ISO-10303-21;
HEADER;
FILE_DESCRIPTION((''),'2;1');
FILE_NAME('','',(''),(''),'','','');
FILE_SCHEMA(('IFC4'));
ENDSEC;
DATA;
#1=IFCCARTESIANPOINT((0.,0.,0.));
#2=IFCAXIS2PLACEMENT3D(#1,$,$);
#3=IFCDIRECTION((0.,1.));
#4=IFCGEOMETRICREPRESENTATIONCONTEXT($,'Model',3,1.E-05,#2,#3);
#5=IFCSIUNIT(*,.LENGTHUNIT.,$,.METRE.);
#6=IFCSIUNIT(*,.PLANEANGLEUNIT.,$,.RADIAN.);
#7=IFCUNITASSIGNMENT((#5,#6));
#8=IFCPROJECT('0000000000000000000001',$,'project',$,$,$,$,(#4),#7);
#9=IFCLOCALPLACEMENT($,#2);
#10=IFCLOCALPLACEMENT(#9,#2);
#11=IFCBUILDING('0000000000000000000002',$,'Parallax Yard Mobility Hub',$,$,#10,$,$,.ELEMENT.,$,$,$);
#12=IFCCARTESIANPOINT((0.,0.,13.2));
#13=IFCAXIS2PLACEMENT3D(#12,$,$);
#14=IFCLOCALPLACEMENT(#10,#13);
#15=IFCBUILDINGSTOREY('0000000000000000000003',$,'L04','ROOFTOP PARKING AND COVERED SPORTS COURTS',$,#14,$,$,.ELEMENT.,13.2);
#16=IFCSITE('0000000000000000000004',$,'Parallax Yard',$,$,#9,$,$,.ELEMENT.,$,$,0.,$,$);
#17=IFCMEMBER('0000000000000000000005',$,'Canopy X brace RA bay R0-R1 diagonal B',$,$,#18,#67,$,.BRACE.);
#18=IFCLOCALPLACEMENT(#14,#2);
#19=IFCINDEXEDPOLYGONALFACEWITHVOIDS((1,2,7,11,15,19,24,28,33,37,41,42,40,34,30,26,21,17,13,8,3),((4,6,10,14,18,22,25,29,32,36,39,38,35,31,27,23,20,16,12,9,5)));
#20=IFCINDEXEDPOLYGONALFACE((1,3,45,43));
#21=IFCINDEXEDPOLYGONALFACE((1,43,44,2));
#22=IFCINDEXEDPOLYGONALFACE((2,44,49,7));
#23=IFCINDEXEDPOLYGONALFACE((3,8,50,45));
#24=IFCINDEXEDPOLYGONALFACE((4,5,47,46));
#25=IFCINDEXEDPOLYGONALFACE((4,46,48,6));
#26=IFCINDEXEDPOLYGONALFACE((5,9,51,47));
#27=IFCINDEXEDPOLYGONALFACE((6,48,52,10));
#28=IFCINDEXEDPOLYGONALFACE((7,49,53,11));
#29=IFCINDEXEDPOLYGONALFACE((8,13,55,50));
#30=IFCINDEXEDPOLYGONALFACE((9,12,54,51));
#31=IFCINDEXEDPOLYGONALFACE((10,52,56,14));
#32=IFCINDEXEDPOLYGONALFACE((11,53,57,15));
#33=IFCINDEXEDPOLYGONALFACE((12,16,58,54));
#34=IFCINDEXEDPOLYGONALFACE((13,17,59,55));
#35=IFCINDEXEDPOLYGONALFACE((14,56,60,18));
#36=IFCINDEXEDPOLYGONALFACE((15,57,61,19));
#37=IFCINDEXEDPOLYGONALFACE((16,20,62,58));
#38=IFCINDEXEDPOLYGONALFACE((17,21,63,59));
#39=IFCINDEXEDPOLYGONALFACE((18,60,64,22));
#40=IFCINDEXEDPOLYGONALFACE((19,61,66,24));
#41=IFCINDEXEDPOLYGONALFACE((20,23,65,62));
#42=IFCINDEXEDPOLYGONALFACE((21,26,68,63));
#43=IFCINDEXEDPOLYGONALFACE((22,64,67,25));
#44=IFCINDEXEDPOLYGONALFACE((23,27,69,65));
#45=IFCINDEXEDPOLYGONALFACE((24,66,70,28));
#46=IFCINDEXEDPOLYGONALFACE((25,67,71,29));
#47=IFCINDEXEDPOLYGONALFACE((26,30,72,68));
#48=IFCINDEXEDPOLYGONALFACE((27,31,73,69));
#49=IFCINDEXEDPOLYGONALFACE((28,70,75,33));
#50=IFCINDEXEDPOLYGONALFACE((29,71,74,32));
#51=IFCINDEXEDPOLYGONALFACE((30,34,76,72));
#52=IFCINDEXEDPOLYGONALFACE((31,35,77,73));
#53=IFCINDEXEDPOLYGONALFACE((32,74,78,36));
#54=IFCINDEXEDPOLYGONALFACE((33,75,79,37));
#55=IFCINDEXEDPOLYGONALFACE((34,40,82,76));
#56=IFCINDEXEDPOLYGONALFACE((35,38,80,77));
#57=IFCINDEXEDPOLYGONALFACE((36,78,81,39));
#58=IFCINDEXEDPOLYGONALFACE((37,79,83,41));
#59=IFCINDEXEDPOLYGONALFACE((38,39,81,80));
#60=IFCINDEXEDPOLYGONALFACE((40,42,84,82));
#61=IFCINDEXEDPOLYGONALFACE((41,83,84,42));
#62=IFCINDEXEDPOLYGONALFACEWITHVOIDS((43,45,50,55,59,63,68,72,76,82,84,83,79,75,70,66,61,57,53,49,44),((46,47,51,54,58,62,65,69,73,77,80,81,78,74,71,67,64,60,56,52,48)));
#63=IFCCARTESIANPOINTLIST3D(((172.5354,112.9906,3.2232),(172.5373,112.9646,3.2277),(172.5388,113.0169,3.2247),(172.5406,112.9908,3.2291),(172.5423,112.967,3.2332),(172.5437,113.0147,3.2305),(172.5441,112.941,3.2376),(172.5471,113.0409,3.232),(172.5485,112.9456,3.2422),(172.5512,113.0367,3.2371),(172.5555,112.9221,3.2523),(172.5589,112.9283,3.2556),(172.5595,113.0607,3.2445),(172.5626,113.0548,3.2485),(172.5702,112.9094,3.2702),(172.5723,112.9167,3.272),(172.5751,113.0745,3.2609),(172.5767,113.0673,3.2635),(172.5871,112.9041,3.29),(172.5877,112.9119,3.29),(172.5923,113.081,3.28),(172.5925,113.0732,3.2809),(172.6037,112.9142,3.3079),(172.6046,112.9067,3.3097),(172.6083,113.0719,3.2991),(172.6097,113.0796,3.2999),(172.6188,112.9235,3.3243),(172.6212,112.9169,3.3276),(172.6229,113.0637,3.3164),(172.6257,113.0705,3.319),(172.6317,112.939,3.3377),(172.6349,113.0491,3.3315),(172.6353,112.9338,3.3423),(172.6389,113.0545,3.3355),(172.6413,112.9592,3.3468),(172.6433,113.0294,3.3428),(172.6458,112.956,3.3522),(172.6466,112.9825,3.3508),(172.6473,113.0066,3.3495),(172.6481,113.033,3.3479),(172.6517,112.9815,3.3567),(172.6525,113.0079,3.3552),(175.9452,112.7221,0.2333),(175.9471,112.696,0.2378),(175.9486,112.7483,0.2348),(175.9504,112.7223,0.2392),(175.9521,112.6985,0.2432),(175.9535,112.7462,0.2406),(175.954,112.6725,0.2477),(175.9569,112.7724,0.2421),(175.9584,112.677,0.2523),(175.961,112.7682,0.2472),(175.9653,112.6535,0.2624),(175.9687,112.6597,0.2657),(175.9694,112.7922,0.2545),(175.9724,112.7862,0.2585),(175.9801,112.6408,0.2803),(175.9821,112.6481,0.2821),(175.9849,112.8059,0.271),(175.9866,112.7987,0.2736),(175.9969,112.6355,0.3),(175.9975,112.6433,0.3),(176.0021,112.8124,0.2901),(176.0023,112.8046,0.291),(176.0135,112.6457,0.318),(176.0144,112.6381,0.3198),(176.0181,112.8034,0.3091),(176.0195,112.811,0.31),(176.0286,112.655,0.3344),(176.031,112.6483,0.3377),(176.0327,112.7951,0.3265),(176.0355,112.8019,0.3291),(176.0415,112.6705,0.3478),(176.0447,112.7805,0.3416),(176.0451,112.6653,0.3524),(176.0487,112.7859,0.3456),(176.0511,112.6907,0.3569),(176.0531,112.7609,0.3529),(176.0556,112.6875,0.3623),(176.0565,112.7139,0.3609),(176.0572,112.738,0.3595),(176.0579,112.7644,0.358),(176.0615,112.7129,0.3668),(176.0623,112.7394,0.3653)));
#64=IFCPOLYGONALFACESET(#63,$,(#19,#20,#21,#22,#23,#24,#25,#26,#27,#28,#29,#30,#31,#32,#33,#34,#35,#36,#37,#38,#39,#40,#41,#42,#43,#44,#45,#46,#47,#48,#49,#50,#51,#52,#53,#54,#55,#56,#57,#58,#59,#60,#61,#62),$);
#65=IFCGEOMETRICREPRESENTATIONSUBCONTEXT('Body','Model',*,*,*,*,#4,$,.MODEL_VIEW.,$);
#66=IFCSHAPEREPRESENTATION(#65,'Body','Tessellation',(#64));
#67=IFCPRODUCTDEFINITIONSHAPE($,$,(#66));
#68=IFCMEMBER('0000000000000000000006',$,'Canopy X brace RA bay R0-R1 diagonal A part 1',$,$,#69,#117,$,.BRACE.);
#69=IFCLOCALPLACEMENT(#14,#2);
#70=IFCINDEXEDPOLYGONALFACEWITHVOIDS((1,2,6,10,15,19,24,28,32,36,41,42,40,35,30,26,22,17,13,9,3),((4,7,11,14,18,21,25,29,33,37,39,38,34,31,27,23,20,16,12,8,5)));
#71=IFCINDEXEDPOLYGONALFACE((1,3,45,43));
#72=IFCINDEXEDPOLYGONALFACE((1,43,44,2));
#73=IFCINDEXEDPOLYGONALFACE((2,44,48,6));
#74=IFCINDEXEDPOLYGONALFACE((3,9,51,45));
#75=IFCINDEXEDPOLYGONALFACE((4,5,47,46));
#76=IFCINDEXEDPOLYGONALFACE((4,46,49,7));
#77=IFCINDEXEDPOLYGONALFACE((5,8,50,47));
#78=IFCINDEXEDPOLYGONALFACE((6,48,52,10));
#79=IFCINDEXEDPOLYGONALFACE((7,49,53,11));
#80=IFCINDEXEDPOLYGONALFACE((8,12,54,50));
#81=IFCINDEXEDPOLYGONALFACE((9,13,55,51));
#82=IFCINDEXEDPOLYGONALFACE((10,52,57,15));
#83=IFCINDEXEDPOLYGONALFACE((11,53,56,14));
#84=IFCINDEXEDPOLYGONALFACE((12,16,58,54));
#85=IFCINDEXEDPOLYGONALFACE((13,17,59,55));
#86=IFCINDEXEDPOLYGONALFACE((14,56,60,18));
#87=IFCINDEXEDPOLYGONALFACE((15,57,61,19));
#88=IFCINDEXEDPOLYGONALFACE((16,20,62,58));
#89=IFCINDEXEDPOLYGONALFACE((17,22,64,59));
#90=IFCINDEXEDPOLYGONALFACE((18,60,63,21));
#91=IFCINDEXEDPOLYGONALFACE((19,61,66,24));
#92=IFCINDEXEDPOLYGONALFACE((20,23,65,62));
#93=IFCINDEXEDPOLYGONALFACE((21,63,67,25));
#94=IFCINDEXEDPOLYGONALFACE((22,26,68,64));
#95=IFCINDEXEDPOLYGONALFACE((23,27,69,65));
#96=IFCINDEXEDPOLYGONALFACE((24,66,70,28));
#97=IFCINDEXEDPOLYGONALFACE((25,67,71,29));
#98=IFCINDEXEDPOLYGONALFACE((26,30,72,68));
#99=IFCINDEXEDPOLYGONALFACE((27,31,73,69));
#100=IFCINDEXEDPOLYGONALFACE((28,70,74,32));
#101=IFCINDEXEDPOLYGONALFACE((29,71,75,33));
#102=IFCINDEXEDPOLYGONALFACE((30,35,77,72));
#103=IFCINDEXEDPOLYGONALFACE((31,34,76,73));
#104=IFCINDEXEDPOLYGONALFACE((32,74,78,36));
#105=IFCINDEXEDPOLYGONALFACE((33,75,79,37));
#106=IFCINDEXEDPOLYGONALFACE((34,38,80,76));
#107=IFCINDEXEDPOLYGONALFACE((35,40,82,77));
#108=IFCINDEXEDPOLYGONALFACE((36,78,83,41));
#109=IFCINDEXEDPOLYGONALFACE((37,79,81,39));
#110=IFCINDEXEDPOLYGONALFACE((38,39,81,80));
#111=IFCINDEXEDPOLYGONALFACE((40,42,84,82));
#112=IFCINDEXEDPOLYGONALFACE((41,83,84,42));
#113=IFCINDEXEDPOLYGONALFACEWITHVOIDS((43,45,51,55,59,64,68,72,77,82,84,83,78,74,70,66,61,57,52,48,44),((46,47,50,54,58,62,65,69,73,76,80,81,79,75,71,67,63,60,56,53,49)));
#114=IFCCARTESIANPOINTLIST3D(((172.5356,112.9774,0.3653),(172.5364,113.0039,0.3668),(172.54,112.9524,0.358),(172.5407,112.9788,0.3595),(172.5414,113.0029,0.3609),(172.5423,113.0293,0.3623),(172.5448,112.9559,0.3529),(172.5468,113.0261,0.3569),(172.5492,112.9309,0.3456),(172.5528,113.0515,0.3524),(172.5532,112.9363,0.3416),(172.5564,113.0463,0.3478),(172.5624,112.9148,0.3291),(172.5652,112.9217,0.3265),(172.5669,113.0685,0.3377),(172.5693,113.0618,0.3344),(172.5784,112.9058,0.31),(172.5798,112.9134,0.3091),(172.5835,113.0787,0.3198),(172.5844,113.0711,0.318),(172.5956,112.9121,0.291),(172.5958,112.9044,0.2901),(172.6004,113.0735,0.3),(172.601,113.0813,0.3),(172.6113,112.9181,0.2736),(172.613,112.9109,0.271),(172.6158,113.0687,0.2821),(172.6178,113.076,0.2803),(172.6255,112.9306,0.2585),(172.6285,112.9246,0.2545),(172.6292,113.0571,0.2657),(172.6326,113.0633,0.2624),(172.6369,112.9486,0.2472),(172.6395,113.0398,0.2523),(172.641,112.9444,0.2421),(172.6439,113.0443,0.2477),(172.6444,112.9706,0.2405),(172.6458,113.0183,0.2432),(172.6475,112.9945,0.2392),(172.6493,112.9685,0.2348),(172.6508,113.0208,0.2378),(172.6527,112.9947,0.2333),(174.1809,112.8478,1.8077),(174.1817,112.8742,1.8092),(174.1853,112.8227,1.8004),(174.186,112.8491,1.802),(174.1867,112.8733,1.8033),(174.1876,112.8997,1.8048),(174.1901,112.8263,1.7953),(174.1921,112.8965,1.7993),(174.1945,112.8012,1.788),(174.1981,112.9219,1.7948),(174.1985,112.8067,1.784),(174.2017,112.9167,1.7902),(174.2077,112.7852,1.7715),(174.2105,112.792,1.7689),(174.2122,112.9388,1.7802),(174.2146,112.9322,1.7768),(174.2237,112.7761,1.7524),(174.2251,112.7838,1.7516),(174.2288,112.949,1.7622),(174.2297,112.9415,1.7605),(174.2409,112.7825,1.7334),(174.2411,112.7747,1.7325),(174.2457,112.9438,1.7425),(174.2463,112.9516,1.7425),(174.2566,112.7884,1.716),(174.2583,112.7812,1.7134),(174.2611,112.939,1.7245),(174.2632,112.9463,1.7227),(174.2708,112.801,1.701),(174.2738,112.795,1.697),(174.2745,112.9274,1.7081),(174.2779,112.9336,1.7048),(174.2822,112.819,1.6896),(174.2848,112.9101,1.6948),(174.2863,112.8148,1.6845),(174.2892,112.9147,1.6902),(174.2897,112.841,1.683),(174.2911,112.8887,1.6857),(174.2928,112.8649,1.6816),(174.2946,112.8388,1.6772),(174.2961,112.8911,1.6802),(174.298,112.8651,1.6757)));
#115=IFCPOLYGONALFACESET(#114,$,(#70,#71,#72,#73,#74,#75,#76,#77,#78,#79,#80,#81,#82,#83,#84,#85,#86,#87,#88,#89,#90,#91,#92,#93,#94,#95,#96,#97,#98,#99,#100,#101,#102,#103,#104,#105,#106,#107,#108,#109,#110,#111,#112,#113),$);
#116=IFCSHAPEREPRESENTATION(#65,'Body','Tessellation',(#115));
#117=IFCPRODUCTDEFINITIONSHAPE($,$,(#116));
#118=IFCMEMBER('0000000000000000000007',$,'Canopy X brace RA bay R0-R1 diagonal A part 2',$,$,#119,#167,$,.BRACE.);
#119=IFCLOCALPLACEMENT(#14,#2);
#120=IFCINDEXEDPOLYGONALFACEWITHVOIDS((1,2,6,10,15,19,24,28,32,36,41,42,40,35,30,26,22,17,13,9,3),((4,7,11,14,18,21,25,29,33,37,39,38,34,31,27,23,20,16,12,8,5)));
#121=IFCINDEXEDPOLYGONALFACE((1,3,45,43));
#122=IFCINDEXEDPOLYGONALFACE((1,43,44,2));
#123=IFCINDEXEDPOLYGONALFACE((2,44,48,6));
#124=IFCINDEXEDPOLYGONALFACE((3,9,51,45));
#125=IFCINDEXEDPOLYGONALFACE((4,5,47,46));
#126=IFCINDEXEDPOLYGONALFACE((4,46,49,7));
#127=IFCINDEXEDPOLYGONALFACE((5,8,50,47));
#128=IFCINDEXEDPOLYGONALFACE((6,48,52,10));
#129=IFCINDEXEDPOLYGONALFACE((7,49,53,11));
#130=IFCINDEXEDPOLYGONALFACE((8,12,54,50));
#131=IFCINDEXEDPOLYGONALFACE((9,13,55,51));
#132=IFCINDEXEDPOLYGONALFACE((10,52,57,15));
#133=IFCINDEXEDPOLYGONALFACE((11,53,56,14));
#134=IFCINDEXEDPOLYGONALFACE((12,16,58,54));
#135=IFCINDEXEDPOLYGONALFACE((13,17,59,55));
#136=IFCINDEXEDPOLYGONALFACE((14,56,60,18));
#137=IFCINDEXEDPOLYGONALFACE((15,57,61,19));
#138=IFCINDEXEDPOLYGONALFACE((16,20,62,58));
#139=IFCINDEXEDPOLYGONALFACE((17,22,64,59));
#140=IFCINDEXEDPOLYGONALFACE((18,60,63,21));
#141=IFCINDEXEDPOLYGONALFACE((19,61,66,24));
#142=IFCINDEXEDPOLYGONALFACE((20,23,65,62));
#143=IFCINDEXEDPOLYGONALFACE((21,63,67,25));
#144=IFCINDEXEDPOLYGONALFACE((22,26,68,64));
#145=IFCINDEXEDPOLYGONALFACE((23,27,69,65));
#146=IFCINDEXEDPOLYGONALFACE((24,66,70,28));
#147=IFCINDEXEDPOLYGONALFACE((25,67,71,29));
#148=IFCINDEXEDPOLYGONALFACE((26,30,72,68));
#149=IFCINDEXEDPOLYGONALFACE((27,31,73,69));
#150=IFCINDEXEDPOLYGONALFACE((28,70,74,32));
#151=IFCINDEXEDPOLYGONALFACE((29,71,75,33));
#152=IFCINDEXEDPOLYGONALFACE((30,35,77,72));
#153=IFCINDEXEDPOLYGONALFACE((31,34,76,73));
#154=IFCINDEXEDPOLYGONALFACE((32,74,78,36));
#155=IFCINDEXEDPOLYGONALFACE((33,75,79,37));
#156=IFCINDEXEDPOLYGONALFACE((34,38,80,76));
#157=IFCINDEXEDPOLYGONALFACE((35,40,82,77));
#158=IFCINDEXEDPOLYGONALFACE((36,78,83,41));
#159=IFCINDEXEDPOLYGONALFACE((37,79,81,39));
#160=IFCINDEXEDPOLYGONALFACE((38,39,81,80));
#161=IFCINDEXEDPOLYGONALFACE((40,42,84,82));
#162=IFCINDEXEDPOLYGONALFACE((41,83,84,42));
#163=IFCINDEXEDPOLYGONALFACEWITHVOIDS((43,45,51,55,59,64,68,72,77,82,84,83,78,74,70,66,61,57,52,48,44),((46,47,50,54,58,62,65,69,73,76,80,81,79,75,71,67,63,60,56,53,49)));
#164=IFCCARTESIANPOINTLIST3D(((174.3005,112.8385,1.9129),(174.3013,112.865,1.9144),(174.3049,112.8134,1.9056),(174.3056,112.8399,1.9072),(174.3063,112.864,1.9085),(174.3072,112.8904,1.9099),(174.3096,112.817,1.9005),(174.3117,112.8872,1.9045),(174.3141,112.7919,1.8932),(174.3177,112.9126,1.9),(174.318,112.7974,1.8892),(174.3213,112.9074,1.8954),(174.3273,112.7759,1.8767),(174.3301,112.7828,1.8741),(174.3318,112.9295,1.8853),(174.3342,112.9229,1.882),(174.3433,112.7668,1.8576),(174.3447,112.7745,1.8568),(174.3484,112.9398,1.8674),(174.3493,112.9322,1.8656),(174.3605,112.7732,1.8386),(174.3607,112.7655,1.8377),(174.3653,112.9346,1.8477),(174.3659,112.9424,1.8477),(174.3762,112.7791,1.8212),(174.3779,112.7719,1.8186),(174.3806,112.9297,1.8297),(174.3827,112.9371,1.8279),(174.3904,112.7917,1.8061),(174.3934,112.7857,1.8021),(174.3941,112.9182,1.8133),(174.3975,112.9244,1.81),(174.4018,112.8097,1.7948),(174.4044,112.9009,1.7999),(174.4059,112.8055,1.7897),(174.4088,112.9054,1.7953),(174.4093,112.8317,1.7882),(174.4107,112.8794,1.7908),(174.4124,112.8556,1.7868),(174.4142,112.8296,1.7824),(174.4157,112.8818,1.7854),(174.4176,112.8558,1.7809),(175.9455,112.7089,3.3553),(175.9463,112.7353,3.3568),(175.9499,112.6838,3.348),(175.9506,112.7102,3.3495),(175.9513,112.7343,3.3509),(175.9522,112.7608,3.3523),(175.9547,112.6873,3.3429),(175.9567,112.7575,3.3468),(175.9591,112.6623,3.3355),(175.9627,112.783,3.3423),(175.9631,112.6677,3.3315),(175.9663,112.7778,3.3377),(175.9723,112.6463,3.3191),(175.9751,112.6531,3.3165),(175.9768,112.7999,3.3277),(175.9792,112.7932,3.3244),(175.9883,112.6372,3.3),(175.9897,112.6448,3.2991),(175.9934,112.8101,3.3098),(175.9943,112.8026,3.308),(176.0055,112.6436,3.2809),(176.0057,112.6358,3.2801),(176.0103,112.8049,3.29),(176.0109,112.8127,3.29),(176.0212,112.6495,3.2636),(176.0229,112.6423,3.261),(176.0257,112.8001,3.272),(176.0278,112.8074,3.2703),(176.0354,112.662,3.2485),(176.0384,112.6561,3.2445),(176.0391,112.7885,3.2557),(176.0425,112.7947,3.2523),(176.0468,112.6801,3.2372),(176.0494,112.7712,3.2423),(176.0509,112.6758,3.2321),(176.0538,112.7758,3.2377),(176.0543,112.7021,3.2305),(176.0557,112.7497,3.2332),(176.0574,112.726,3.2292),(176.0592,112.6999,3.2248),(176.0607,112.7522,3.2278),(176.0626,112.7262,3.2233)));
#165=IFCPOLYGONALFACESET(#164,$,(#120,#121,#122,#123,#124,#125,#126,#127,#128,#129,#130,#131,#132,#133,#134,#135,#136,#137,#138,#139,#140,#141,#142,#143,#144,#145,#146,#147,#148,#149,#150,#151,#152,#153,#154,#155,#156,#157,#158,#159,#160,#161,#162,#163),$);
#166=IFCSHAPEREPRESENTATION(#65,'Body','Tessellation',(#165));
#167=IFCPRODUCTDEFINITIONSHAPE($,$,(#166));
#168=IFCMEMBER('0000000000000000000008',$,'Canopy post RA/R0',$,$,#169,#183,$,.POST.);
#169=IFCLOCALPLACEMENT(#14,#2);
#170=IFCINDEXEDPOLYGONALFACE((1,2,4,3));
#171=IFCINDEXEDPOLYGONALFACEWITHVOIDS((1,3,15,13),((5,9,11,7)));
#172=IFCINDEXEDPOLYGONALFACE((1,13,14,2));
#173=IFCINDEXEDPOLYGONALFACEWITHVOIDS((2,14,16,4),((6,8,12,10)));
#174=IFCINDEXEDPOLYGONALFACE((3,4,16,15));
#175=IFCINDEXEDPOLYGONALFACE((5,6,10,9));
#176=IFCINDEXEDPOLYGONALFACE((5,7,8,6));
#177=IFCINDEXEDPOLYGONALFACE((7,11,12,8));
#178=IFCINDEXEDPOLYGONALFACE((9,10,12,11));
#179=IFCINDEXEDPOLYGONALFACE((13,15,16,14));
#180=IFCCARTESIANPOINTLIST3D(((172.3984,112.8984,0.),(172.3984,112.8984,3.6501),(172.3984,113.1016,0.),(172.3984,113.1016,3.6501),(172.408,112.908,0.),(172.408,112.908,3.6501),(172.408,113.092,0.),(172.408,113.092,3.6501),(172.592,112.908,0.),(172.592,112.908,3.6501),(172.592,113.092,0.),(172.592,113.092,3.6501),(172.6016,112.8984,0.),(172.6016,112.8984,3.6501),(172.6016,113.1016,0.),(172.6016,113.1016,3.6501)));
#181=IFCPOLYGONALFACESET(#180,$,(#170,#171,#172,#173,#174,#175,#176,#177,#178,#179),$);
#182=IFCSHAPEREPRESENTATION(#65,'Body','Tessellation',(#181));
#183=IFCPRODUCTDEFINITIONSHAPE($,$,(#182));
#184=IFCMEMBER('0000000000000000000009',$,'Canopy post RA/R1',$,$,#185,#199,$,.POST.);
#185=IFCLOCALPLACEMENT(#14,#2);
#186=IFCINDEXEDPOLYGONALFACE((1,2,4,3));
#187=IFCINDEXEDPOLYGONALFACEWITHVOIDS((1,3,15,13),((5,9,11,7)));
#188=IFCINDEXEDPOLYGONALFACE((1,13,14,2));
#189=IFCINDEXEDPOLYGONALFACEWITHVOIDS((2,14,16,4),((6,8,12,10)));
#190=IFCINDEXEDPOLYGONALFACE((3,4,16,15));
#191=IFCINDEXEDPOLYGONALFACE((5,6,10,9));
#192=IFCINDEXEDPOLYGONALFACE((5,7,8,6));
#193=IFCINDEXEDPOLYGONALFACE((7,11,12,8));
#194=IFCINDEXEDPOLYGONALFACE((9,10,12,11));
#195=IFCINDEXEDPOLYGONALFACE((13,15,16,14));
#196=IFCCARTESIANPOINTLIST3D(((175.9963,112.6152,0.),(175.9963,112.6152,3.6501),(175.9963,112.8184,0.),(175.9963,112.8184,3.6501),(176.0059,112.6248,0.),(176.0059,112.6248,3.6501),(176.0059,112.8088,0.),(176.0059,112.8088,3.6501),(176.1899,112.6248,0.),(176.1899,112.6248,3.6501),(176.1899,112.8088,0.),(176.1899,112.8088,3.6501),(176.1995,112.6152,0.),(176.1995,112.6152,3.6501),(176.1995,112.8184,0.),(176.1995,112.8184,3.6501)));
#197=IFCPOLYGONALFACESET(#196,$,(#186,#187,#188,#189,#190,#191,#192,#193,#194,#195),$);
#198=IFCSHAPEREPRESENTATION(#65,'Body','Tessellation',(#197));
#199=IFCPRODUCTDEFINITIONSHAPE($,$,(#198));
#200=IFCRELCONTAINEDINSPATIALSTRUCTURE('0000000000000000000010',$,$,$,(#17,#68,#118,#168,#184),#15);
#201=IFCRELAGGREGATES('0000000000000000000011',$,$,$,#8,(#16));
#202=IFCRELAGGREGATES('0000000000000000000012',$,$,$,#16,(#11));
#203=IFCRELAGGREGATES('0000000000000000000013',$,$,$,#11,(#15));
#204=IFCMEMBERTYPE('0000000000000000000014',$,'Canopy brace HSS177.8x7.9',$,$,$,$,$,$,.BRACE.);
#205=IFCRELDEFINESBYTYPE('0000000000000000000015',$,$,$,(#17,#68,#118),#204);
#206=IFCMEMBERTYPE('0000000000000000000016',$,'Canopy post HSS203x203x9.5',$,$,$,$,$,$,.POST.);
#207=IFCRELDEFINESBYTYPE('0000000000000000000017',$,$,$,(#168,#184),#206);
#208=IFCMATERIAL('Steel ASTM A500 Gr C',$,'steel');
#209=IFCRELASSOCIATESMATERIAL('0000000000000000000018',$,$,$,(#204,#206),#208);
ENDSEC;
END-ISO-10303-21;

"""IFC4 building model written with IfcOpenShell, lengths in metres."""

from ifc_helpers import new_model, si_unit, direction, frame, origin, origin_2d, place, context, subcontext, project, spatial, hollow_rectangle, hollow_circle, extrude, material, material_profile, profile_set, type_object, element, save


model = new_model("IFC4")

# Units and contexts
model_context = context("Model", 3, precision=1e-05, world=origin(), true_north=direction((0.0, 1.0)))
body_context = subcontext(model_context, "Body", "Model", "MODEL_VIEW")
ifc_project = project(units=[si_unit("LENGTHUNIT", "METRE"), si_unit("PLANEANGLEUNIT", "RADIAN")], contexts=[model_context])

# Site, building, storey
site_placement = place(None, origin())
site = spatial("IfcSite", under=ifc_project, at=site_placement, Name="Parallax Yard", CompositionType="ELEMENT", RefElevation=0.0)
building_placement = place(site_placement, origin())
building = spatial("IfcBuilding", under=site, at=building_placement, Name="Parallax Yard Mobility Hub", CompositionType="ELEMENT")
storey_placement = place(building_placement, frame((0.0, 0.0, 13.2)))
storey = spatial("IfcBuildingStorey", under=building, at=storey_placement, Name="L04", Description="ROOFTOP PARKING AND COVERED SPORTS COURTS", CompositionType="ELEMENT", Elevation=13.2)

# Members
ifc_material_1 = material(Name="Steel ASTM A500 Gr C", Category="steel")
ifc_material_profile_1 = material_profile(ifc_material_1, hollow_circle(Radius=0.0889, WallThickness=0.0078, at=origin_2d()), Name="HSS177.8x7.9")
ifc_profile_set_1 = profile_set([ifc_material_profile_1], Name="Steel ASTM A500 Gr C")
member_type_1 = type_object("IfcMemberType", Name="Canopy brace HSS177.8x7.9", PredefinedType="BRACE", material=ifc_profile_set_1)
member_1_placement = place(storey_placement, frame((176.0039, 112.7241, 0.3), z_axis=(-0.750571, 0.059113, 0.65814), x_axis=(-0.078514, -0.996913, 0.0)))
element("IfcMember", 1, at=member_1_placement, inside=storey, type_object=member_type_1, Name="Canopy X brace RA bay R0-R1 diagonal B", PredefinedType="BRACE", context=body_context, shape_type="SweptSolid", body=[
    extrude(hollow_circle(Radius=0.0889, WallThickness=0.0078, at=origin_2d()), origin(), (0.0, 0.0, 1.0), 4.543),
])
member_2_placement = place(storey_placement, frame((172.594, 112.9927, 0.3), z_axis=(0.750631, -0.059146, 0.658069), x_axis=(0.078552, 0.99691, 0.0)))
element("IfcMember", 2, at=member_2_placement, inside=storey, type_object=member_type_1, Name="Canopy X brace RA bay R0-R1 diagonal A part 1", PredefinedType="BRACE", context=body_context, shape_type="SweptSolid", body=[
    extrude(hollow_circle(Radius=0.0889, WallThickness=0.0078, at=origin_2d()), origin(), (0.0, 0.0, 1.0), 2.1919),
])
member_3_placement = place(storey_placement, frame((174.3589, 112.8538, 1.8477), z_axis=(0.750582, -0.059151, 0.658124), x_axis=(0.078563, 0.996909, 0.0)))
element("IfcMember", 3, at=member_3_placement, inside=storey, type_object=member_type_1, Name="Canopy X brace RA bay R0-R1 diagonal A part 2", PredefinedType="BRACE", context=body_context, shape_type="SweptSolid", body=[
    extrude(hollow_circle(Radius=0.0889, WallThickness=0.0078, at=origin_2d()), origin(), (0.0, 0.0, 1.0), 2.1917),
])
ifc_material_profile_2 = material_profile(ifc_material_1, hollow_rectangle(XDim=0.2031, YDim=0.2031, WallThickness=0.0095, at=origin_2d()), Name="HSS203x203x9.5")
ifc_profile_set_2 = profile_set([ifc_material_profile_2], Name="Steel ASTM A500 Gr C")
member_type_2 = type_object("IfcMemberType", Name="Canopy post HSS203x203x9.5", PredefinedType="POST", material=ifc_profile_set_2)
for number, where, z_axis, x_axis, name in (
    (4, (172.5, 113.0, 0.0), (0.0, 0.0, 1.0), (1.0, 0.0, 0.0), "Canopy post RA/R0"),
    (5, (176.0979, 112.7168, 0.0), (0.0, 0.0, 1.0), (1.0, 0.0, 0.0), "Canopy post RA/R1"),
):
    element("IfcMember", number, at=place(storey_placement, frame(where, z_axis=z_axis, x_axis=x_axis)), inside=storey, type_object=member_type_2, Name=name, PredefinedType="POST", context=body_context, shape_type="SweptSolid", body=[
        extrude(hollow_rectangle(XDim=0.2031, YDim=0.2031, WallThickness=0.0095, at=origin_2d()), origin(), (0.0, 0.0, 1.0), 3.6501),
    ])

save(model, "model.ifc")
